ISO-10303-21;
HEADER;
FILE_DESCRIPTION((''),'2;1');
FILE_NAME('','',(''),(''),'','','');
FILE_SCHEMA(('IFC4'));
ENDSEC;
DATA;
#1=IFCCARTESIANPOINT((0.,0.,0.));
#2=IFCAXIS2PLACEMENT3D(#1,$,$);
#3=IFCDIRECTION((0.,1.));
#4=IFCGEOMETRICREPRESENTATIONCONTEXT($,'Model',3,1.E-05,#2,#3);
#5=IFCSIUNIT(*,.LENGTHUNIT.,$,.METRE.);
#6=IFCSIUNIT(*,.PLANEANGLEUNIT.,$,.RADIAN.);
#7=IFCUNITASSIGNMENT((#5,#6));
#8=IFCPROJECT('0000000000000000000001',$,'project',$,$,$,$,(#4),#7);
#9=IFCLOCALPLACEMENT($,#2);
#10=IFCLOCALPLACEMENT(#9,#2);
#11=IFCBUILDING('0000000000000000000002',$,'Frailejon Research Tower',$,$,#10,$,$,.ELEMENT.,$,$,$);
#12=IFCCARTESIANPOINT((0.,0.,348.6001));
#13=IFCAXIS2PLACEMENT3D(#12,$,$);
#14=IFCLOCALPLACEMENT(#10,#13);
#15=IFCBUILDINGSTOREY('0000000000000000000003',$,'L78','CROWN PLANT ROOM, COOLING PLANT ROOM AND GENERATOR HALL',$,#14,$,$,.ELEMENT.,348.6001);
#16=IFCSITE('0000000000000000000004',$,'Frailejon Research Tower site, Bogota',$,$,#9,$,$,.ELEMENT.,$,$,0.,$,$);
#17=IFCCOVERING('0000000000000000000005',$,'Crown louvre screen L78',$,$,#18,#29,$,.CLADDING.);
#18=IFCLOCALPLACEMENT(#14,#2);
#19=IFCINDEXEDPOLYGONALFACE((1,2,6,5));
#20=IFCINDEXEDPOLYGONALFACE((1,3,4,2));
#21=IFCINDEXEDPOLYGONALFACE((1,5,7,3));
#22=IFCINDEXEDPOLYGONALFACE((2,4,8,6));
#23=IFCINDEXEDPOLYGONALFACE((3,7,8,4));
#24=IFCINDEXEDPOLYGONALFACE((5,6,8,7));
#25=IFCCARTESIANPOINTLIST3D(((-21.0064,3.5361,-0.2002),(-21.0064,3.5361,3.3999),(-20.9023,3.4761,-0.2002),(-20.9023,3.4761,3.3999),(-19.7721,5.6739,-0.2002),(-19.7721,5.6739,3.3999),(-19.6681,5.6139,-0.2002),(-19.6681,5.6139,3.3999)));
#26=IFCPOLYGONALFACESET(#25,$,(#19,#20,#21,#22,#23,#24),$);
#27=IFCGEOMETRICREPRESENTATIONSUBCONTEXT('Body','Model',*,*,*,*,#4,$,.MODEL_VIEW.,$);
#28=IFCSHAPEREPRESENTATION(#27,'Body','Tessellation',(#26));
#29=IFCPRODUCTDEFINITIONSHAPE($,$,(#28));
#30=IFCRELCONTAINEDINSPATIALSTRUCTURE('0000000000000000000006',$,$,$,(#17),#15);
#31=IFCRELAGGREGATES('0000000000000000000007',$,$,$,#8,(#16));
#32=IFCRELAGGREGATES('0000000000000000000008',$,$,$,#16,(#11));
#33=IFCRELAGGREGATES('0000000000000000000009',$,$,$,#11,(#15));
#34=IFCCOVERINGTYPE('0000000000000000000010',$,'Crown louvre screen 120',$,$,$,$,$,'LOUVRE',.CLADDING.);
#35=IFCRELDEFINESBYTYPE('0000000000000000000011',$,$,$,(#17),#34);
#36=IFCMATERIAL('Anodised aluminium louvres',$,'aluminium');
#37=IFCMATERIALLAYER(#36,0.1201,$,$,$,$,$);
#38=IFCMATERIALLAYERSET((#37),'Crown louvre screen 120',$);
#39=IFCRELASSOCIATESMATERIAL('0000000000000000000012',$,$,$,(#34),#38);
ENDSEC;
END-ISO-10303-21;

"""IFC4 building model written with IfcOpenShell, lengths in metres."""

from ifc_helpers import new_model, si_unit, direction, frame, origin, place, context, subcontext, project, spatial, polyline, outline, extrude, material, layer, layer_set, type_object, element, save


model = new_model("IFC4")

# Units and contexts
model_context = context("Model", 3, precision=1e-05, world=origin(), true_north=direction((0.0, 1.0)))
body_context = subcontext(model_context, "Body", "Model", "MODEL_VIEW")
ifc_project = project(units=[si_unit("LENGTHUNIT", "METRE"), si_unit("PLANEANGLEUNIT", "RADIAN")], contexts=[model_context])

# Site, building, storey
site_placement = place(None, origin())
site = spatial("IfcSite", under=ifc_project, at=site_placement, Name="Frailejon Research Tower site, Bogota", CompositionType="ELEMENT", RefElevation=0.0)
building_placement = place(site_placement, origin())
building = spatial("IfcBuilding", under=site, at=building_placement, Name="Frailejon Research Tower", CompositionType="ELEMENT")
storey_placement = place(building_placement, frame((0.0, 0.0, 348.6001)))
storey = spatial("IfcBuildingStorey", under=building, at=storey_placement, Name="L78", Description="CROWN PLANT ROOM, COOLING PLANT ROOM AND GENERATOR HALL", CompositionType="ELEMENT", Elevation=348.6001)

# Covering
ifc_material_1 = material(Name="Anodised aluminium louvres", Category="aluminium")
ifc_layer_1 = layer(ifc_material_1, 0.1201)
ifc_layer_set_1 = layer_set([ifc_layer_1], Name="Crown louvre screen 120")
covering_type = type_object("IfcCoveringType", Name="Crown louvre screen 120", ElementType="LOUVRE", PredefinedType="CLADDING", material=ifc_layer_set_1)
covering_1_placement = place(storey_placement, frame((-20.9543, 3.5061, -0.2002), z_axis=(0.499999, 0.866026, 0.0), x_axis=(-0.866026, 0.499999, 0.0)))
element("IfcCovering", 1, at=covering_1_placement, inside=storey, type_object=covering_type, Name="Crown louvre screen L78", PredefinedType="CLADDING", context=body_context, shape_type="SweptSolid", body=[
    extrude(outline(polyline([(-0.0601, 0.0), (0.0601, 0.0), (0.0601, 3.6001), (-0.0601, 3.6001), (-0.0601, 0.0)])), origin(), (0.0, 0.0, 1.0), 2.4685),
])

save(model, "model.ifc")
